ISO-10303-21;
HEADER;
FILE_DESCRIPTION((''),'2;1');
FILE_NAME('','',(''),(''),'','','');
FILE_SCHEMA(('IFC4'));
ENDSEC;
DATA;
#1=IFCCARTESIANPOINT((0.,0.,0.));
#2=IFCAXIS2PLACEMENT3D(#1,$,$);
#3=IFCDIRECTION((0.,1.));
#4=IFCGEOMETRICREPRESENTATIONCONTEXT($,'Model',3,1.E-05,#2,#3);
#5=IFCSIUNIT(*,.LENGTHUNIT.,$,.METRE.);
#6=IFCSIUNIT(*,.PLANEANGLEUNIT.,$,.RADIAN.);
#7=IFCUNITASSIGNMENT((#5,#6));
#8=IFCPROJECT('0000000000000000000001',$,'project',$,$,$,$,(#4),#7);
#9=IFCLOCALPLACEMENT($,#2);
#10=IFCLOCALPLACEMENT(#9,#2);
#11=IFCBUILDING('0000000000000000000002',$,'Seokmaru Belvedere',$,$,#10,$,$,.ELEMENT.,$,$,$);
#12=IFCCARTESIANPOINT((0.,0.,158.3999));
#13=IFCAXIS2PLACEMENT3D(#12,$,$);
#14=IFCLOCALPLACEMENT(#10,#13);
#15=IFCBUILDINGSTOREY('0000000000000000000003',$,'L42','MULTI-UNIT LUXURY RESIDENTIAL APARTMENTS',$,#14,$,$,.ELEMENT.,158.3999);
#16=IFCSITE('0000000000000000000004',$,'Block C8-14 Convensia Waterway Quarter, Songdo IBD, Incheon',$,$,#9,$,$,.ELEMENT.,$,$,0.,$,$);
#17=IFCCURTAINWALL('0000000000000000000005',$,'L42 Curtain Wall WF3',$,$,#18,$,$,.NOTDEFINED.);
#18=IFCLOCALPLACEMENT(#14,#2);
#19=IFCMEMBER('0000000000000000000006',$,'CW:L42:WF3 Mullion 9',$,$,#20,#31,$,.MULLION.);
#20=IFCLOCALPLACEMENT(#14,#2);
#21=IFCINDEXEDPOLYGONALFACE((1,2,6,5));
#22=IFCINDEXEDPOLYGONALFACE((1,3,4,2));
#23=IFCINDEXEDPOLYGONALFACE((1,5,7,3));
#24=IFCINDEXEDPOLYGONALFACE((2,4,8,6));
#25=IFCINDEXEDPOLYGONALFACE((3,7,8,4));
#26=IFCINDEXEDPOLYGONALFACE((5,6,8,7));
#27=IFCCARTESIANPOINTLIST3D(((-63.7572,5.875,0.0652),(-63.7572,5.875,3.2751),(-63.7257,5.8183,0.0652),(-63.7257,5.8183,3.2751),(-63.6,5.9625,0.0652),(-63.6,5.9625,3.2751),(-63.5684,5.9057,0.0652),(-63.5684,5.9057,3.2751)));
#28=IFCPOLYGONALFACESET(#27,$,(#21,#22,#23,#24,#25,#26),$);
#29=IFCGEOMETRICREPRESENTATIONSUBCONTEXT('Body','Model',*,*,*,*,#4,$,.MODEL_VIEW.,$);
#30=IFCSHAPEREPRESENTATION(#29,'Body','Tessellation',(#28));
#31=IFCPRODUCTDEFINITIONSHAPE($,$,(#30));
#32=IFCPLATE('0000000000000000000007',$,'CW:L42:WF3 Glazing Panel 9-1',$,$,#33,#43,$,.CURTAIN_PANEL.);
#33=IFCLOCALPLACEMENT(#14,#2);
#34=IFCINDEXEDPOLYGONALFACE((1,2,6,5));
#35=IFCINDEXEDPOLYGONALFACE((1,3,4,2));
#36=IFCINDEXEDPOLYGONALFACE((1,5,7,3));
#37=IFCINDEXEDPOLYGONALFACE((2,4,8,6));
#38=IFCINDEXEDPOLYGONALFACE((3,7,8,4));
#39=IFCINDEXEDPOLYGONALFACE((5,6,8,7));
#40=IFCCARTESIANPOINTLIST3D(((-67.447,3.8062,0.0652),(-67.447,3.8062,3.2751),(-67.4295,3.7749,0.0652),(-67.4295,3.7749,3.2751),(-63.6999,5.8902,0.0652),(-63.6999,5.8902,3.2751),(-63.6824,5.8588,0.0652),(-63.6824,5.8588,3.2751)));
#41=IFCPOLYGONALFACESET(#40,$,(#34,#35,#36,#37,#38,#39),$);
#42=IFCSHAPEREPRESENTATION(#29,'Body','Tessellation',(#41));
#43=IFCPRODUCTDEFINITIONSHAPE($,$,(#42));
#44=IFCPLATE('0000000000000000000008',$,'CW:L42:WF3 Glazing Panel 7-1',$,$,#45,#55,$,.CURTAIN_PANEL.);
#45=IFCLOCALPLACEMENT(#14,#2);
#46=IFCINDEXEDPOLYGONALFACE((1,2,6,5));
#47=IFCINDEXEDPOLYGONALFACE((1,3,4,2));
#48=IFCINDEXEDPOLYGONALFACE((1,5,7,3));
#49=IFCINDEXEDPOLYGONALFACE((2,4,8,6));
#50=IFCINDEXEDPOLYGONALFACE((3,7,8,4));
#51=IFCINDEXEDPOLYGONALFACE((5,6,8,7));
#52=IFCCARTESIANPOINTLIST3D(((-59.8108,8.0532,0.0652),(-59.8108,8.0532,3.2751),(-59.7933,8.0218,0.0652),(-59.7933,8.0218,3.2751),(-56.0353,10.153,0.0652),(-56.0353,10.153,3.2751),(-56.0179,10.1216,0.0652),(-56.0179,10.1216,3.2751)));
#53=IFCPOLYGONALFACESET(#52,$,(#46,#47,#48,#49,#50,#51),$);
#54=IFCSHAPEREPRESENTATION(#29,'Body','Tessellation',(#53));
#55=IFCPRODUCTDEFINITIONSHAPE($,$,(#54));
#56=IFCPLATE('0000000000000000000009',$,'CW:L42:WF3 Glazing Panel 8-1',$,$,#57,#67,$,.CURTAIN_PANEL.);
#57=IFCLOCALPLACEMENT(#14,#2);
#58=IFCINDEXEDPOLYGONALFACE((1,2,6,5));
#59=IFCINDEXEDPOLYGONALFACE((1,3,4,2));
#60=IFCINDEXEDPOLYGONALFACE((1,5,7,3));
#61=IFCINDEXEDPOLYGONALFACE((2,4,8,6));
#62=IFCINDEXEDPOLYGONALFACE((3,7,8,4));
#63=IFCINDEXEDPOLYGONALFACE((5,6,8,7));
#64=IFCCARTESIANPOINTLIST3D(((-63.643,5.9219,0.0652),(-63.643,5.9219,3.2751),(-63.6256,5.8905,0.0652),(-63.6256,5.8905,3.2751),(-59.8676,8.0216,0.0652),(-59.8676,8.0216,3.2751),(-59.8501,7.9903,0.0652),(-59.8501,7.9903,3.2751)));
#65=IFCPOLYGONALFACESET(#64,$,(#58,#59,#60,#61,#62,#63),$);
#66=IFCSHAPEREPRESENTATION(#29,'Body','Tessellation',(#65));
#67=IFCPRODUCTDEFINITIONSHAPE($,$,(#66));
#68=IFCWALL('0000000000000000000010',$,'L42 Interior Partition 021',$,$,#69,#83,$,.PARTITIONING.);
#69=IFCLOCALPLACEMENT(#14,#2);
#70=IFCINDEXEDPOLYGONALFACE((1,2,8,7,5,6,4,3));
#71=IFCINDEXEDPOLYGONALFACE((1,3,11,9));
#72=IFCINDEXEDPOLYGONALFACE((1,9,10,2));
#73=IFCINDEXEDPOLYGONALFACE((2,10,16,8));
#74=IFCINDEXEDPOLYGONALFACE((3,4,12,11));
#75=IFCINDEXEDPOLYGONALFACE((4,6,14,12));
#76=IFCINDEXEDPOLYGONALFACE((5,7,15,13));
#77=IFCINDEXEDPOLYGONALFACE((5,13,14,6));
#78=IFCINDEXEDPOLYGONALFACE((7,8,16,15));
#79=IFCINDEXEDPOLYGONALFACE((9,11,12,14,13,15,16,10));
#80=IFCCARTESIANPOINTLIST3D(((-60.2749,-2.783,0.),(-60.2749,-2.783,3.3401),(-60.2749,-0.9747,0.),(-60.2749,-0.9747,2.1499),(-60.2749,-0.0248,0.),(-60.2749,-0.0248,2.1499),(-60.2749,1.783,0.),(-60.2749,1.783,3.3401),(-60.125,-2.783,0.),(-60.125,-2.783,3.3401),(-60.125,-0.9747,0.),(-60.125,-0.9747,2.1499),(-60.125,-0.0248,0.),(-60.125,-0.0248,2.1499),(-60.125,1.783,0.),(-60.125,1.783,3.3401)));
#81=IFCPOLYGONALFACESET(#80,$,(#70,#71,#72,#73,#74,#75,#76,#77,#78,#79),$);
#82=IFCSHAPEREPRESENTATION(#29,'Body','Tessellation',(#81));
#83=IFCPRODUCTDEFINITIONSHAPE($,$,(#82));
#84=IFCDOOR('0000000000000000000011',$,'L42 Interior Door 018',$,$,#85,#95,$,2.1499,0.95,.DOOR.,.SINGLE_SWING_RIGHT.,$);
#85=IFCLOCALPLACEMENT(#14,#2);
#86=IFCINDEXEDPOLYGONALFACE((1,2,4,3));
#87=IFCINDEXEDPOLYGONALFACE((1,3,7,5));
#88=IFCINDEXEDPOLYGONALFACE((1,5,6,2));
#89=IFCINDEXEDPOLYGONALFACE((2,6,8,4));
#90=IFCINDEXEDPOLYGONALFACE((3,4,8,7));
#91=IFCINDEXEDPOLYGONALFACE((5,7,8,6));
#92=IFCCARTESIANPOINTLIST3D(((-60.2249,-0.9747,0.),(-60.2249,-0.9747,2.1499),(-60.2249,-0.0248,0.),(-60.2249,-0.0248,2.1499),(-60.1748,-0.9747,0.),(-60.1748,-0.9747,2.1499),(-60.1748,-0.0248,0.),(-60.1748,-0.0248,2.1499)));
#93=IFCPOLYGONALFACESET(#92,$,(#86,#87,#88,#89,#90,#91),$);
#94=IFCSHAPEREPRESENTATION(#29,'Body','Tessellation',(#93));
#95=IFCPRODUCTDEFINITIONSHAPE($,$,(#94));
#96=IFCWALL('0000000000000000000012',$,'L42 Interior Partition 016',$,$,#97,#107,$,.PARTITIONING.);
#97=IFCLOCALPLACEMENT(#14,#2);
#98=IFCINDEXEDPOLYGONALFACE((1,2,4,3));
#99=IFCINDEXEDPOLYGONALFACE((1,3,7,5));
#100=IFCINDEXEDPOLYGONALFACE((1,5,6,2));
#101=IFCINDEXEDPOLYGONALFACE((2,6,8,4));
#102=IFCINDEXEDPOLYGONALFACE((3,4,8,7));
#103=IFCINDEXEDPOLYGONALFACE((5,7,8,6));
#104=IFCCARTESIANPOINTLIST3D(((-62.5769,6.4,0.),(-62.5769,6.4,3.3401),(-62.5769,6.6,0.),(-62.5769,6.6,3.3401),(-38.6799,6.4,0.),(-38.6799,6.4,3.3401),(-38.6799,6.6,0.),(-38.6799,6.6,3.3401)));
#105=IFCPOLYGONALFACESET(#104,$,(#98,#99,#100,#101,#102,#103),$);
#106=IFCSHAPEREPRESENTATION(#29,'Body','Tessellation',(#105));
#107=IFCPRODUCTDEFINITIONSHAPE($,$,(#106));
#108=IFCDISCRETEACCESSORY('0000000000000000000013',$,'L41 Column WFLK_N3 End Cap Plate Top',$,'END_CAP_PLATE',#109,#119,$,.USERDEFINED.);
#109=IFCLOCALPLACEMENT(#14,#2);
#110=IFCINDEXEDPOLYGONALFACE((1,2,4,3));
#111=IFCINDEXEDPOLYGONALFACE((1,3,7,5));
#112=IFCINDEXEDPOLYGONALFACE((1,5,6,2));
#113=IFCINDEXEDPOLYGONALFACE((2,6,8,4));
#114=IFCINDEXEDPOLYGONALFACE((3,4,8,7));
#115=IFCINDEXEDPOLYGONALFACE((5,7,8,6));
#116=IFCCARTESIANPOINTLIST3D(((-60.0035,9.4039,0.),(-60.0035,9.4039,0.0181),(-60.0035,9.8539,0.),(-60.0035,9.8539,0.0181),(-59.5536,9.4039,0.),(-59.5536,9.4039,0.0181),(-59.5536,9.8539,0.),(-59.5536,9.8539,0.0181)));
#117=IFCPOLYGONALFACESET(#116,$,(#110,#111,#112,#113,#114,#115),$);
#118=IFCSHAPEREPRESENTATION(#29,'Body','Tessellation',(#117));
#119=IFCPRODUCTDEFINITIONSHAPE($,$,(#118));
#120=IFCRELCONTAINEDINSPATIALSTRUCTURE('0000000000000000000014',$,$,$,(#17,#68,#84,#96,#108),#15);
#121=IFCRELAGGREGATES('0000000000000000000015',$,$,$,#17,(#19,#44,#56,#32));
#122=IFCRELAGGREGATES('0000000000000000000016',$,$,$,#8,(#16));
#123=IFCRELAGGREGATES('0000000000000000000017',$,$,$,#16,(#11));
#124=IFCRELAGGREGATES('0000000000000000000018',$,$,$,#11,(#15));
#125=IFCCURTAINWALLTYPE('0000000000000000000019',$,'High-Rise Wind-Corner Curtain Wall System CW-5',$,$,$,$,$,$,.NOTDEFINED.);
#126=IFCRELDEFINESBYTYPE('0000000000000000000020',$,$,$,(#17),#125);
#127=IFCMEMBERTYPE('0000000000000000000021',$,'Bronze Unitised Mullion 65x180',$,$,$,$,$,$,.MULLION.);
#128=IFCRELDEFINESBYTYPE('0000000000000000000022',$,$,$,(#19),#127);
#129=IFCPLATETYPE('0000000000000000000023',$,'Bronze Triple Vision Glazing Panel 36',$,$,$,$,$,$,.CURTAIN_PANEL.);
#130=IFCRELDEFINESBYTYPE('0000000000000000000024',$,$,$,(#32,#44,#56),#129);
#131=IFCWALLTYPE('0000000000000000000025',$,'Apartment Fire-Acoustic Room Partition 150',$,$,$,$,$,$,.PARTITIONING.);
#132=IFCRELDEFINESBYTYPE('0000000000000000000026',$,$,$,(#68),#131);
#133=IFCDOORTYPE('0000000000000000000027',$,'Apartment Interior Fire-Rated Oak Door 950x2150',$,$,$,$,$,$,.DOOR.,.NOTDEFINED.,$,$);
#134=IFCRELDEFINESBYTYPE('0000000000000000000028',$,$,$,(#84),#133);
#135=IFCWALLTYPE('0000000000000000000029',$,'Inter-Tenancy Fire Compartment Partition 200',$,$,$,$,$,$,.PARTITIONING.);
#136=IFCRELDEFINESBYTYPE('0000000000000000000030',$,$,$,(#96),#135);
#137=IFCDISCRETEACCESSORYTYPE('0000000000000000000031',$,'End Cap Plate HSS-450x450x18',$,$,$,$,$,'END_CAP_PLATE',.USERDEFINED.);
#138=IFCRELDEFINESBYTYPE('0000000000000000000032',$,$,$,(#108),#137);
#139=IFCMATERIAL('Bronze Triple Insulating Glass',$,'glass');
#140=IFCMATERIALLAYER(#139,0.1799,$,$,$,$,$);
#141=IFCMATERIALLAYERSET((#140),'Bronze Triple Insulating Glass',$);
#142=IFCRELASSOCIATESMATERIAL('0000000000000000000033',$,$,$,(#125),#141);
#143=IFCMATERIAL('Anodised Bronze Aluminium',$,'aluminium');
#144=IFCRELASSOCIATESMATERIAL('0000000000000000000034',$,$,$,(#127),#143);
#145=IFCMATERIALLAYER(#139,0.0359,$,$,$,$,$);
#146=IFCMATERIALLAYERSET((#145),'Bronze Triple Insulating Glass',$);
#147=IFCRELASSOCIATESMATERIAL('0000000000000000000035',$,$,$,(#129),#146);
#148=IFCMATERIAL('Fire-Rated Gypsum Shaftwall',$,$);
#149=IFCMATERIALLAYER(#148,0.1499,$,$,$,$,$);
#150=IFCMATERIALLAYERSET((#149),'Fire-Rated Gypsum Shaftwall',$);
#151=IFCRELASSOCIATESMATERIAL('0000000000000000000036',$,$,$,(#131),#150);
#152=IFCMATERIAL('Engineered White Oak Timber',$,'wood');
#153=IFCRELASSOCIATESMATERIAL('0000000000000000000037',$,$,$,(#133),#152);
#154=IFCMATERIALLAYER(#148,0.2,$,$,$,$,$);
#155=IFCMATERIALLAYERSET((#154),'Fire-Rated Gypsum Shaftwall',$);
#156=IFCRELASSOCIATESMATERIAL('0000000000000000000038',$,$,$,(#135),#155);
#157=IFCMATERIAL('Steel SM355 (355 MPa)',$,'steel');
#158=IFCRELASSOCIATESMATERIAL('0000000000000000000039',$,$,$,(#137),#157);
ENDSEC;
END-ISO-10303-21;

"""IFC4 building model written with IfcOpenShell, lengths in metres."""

from ifc_helpers import new_model, si_unit, direction, frame, frame_2d, origin, origin_2d, place, context, subcontext, project, spatial, rectangle, extrude, source, transform, mapped, material, layer, layer_set, material_profile, profile_set, type_object, type_shapes, element, fill, aggregate, save


model = new_model("IFC4")

# Units and contexts
model_context = context("Model", 3, precision=1e-05, world=origin(), true_north=direction((0.0, 1.0)))
body_context = subcontext(model_context, "Body", "Model", "MODEL_VIEW")
ifc_project = project(units=[si_unit("LENGTHUNIT", "METRE"), si_unit("PLANEANGLEUNIT", "RADIAN")], contexts=[model_context])

# Site, building, storey
site_placement = place(None, origin())
site = spatial("IfcSite", under=ifc_project, at=site_placement, Name="Block C8-14 Convensia Waterway Quarter, Songdo IBD, Incheon", CompositionType="ELEMENT", RefElevation=0.0)
building_placement = place(site_placement, origin())
building = spatial("IfcBuilding", under=site, at=building_placement, Name="Seokmaru Belvedere", CompositionType="ELEMENT")
storey_placement = place(building_placement, frame((0.0, 0.0, 158.3999)))
storey = spatial("IfcBuildingStorey", under=building, at=storey_placement, Name="L42", Description="MULTI-UNIT LUXURY RESIDENTIAL APARTMENTS", CompositionType="ELEMENT", Elevation=158.3999)

# Shared definitions
ifc_material_1 = material(Name="Steel SM355 (355 MPa)", Category="steel")

# Curtain wall, member, plates
ifc_material_2 = material(Name="Bronze Triple Insulating Glass", Category="glass")
ifc_layer_1 = layer(ifc_material_2, 0.1799)
ifc_layer_set_1 = layer_set([ifc_layer_1], Name="Bronze Triple Insulating Glass")
curtain_wall_type = type_object("IfcCurtainWallType", Name="High-Rise Wind-Corner Curtain Wall System CW-5", PredefinedType="NOTDEFINED", material=ifc_layer_set_1)
curtain_wall_placement = place(storey_placement, origin())
curtain_wall = element("IfcCurtainWall", 1, at=curtain_wall_placement, inside=storey, type_object=curtain_wall_type, Name="L42 Curtain Wall WF3", PredefinedType="NOTDEFINED")
ifc_material_3 = material(Name="Anodised Bronze Aluminium", Category="aluminium")
ifc_material_profile_1 = material_profile(ifc_material_3, rectangle(XDim=0.0649, YDim=0.1799, at=origin_2d()), Name="CW-M-65x180")
ifc_profile_set_1 = profile_set([ifc_material_profile_1], Name="Anodised Bronze Aluminium")
member_type = type_object("IfcMemberType", Name="Bronze Unitised Mullion 65x180", PredefinedType="MULLION", material=ifc_profile_set_1)
shared_shape_1 = source(origin(), body_context, "Body", "SweptSolid", [
    extrude(rectangle(XDim=0.0649, YDim=0.1799, at=origin_2d()), origin(), (0.0, 0.0, 1.0), 3.21),
])
type_shapes(member_type, [shared_shape_1])
member_1_placement = place(storey_placement, frame((-63.6628, 5.8904, 0.0652), z_axis=(0.0, 0.0, 1.0), x_axis=(0.486047, -0.873933, 0.0)))
member_1 = element("IfcMember", 2, at=member_1_placement, type_object=member_type, Name="CW:L42:WF3 Mullion 9", PredefinedType="MULLION", context=body_context, shape_type="MappedRepresentation", body=[
    mapped(shared_shape_1, transform((0.0, 0.0, 0.0), scale=1.0)),
])
ifc_layer_2 = layer(ifc_material_2, 0.0359)
ifc_layer_set_2 = layer_set([ifc_layer_2], Name="Bronze Triple Insulating Glass")
plate_type = type_object("IfcPlateType", Name="Bronze Triple Vision Glazing Panel 36", PredefinedType="CURTAIN_PANEL", material=ifc_layer_set_2)
shared_shape_2 = source(origin(), body_context, "Body", "SweptSolid", [
    extrude(rectangle(XDim=4.2876, YDim=0.0359, at=origin_2d()), origin(), (0.0, 0.0, 1.0), 3.21),
])
plate_1_placement = place(storey_placement, frame((-65.5647, 4.8325, 0.0652), z_axis=(0.0, 0.0, 1.0), x_axis=(-0.873933, -0.486047, 0.0)))
plate_1 = element("IfcPlate", 3, at=plate_1_placement, type_object=plate_type, Name="CW:L42:WF3 Glazing Panel 9-1", PredefinedType="CURTAIN_PANEL", context=body_context, shape_type="MappedRepresentation", body=[
    mapped(shared_shape_2, transform((0.0, 0.0, 0.0), scale=1.0)),
])
shared_shape_3 = source(origin(), body_context, "Body", "SweptSolid", [
    extrude(rectangle(XDim=4.3201, YDim=0.0359, at=origin_2d()), origin(), (0.0, 0.0, 1.0), 3.21),
])
type_shapes(plate_type, [shared_shape_2, shared_shape_3])
plate_2_placement = place(storey_placement, frame((-57.9143, 9.0874, 0.0652), z_axis=(0.0, 0.0, 1.0), x_axis=(-0.873933, -0.486047, 0.0)))
plate_2 = element("IfcPlate", 4, at=plate_2_placement, type_object=plate_type, Name="CW:L42:WF3 Glazing Panel 7-1", PredefinedType="CURTAIN_PANEL", context=body_context, shape_type="MappedRepresentation", body=[
    mapped(shared_shape_3, transform((0.0, 0.0, 0.0), scale=1.0)),
])
plate_3_placement = place(storey_placement, frame((-61.7466, 6.9561, 0.0652), z_axis=(0.0, 0.0, 1.0), x_axis=(-0.873933, -0.486047, 0.0)))
plate_3 = element("IfcPlate", 5, at=plate_3_placement, type_object=plate_type, Name="CW:L42:WF3 Glazing Panel 8-1", PredefinedType="CURTAIN_PANEL", context=body_context, shape_type="MappedRepresentation", body=[
    mapped(shared_shape_3, transform((0.0, 0.0, 0.0), scale=1.0)),
])
aggregate(curtain_wall, [member_1, plate_2, plate_3, plate_1])

# Wall, opening, door
ifc_material_4 = material(Name="Fire-Rated Gypsum Shaftwall")
ifc_layer_3 = layer(ifc_material_4, 0.1499)
ifc_layer_set_3 = layer_set([ifc_layer_3], Name="Fire-Rated Gypsum Shaftwall")
wall_type_1 = type_object("IfcWallType", Name="Apartment Fire-Acoustic Room Partition 150", PredefinedType="PARTITIONING", material=ifc_layer_set_3)
wall_1_placement = place(storey_placement, frame((-60.2, -2.783, 0.0), z_axis=(0.0, 0.0, 1.0), x_axis=(0.0, 1.0, 0.0)))
wall_1 = element("IfcWall", 6, at=wall_1_placement, inside=storey, type_object=wall_type_1, Name="L42 Interior Partition 021", PredefinedType="PARTITIONING", context=body_context, shape_type="SweptSolid", body=[
    extrude(rectangle(XDim=4.5659, YDim=0.1499, at=frame_2d((2.283, 0.0))), origin(), (0.0, 0.0, 1.0), 3.3401),
])
opening_placement = place(wall_1_placement, frame((1.8081, 0.0, 0.0)))
opening = element("IfcOpeningElement", 7, at=opening_placement, cuts=wall_1, PredefinedType="OPENING", context=body_context, shape_type="SweptSolid", body=[
    extrude(rectangle(XDim=0.95, YDim=2.1499, at=frame_2d((0.4751, 1.075))), frame((0.0, 0.085, 0.0), z_axis=(0.0, -1.0, 0.0), x_axis=(1.0, 0.0, 0.0)), (0.0, 0.0, 1.0), 0.1699),
])
ifc_material_5 = material(Name="Engineered White Oak Timber", Category="wood")
door_type = type_object("IfcDoorType", Name="Apartment Interior Fire-Rated Oak Door 950x2150", OperationType="NOTDEFINED", PredefinedType="DOOR", material=ifc_material_5)
shared_shape_4 = source(origin(), body_context, "Body", "SweptSolid", [
    extrude(rectangle(XDim=0.95, YDim=2.1499, at=frame_2d((0.4751, 1.075))), frame((0.0, 0.0249, 0.0), z_axis=(0.0, -1.0, 0.0), x_axis=(1.0, 0.0, 0.0)), (0.0, 0.0, 1.0), 0.05),
])
type_shapes(door_type, [shared_shape_4])
door_placement = place(opening_placement, origin())
door = element("IfcDoor", 8, at=door_placement, inside=storey, type_object=door_type, Name="L42 Interior Door 018", OperationType="SINGLE_SWING_RIGHT", OverallHeight=2.1499, OverallWidth=0.95, PredefinedType="DOOR", context=body_context, shape_type="MappedRepresentation", body=[
    mapped(shared_shape_4, transform((0.0, 0.0, 0.0), scale=1.0)),
])
fill(opening, door)

# Wall
ifc_layer_4 = layer(ifc_material_4, 0.2)
ifc_layer_set_4 = layer_set([ifc_layer_4], Name="Fire-Rated Gypsum Shaftwall")
wall_type_2 = type_object("IfcWallType", Name="Inter-Tenancy Fire Compartment Partition 200", PredefinedType="PARTITIONING", material=ifc_layer_set_4)
wall_2_placement = place(storey_placement, frame((-62.5769, 6.5, 0.0), z_axis=(0.0, 0.0, 1.0), x_axis=(1.0, 0.0, 0.0)))
element("IfcWall", 9, at=wall_2_placement, inside=storey, type_object=wall_type_2, Name="L42 Interior Partition 016", PredefinedType="PARTITIONING", context=body_context, shape_type="SweptSolid", body=[
    extrude(rectangle(XDim=23.897, YDim=0.2, at=frame_2d((11.9485, 0.0))), origin(), (0.0, 0.0, 1.0), 3.3401),
])

# Discrete accessory
discrete_accessory_type = type_object("IfcDiscreteAccessoryType", Name="End Cap Plate HSS-450x450x18", ElementType="END_CAP_PLATE", PredefinedType="USERDEFINED", material=ifc_material_1)
shared_shape_5 = source(origin(), body_context, "Body", "SweptSolid", [
    extrude(rectangle(XDim=0.45, YDim=0.45, at=origin_2d()), origin(), (0.0, 0.0, 1.0), 0.0181),
])
type_shapes(discrete_accessory_type, [shared_shape_5])
discrete_accessory_placement = place(storey_placement, frame((-59.7786, 9.6289, 0.0), z_axis=(0.0, 0.0, 1.0), x_axis=(1.0, 0.0, 0.0)))
element("IfcDiscreteAccessory", 10, at=discrete_accessory_placement, inside=storey, type_object=discrete_accessory_type, Name="L41 Column WFLK_N3 End Cap Plate Top", ObjectType="END_CAP_PLATE", PredefinedType="USERDEFINED", context=body_context, shape_type="MappedRepresentation", body=[
    mapped(shared_shape_5, transform((0.0, 0.0, 0.0), scale=1.0)),
])

save(model, "model.ifc")
